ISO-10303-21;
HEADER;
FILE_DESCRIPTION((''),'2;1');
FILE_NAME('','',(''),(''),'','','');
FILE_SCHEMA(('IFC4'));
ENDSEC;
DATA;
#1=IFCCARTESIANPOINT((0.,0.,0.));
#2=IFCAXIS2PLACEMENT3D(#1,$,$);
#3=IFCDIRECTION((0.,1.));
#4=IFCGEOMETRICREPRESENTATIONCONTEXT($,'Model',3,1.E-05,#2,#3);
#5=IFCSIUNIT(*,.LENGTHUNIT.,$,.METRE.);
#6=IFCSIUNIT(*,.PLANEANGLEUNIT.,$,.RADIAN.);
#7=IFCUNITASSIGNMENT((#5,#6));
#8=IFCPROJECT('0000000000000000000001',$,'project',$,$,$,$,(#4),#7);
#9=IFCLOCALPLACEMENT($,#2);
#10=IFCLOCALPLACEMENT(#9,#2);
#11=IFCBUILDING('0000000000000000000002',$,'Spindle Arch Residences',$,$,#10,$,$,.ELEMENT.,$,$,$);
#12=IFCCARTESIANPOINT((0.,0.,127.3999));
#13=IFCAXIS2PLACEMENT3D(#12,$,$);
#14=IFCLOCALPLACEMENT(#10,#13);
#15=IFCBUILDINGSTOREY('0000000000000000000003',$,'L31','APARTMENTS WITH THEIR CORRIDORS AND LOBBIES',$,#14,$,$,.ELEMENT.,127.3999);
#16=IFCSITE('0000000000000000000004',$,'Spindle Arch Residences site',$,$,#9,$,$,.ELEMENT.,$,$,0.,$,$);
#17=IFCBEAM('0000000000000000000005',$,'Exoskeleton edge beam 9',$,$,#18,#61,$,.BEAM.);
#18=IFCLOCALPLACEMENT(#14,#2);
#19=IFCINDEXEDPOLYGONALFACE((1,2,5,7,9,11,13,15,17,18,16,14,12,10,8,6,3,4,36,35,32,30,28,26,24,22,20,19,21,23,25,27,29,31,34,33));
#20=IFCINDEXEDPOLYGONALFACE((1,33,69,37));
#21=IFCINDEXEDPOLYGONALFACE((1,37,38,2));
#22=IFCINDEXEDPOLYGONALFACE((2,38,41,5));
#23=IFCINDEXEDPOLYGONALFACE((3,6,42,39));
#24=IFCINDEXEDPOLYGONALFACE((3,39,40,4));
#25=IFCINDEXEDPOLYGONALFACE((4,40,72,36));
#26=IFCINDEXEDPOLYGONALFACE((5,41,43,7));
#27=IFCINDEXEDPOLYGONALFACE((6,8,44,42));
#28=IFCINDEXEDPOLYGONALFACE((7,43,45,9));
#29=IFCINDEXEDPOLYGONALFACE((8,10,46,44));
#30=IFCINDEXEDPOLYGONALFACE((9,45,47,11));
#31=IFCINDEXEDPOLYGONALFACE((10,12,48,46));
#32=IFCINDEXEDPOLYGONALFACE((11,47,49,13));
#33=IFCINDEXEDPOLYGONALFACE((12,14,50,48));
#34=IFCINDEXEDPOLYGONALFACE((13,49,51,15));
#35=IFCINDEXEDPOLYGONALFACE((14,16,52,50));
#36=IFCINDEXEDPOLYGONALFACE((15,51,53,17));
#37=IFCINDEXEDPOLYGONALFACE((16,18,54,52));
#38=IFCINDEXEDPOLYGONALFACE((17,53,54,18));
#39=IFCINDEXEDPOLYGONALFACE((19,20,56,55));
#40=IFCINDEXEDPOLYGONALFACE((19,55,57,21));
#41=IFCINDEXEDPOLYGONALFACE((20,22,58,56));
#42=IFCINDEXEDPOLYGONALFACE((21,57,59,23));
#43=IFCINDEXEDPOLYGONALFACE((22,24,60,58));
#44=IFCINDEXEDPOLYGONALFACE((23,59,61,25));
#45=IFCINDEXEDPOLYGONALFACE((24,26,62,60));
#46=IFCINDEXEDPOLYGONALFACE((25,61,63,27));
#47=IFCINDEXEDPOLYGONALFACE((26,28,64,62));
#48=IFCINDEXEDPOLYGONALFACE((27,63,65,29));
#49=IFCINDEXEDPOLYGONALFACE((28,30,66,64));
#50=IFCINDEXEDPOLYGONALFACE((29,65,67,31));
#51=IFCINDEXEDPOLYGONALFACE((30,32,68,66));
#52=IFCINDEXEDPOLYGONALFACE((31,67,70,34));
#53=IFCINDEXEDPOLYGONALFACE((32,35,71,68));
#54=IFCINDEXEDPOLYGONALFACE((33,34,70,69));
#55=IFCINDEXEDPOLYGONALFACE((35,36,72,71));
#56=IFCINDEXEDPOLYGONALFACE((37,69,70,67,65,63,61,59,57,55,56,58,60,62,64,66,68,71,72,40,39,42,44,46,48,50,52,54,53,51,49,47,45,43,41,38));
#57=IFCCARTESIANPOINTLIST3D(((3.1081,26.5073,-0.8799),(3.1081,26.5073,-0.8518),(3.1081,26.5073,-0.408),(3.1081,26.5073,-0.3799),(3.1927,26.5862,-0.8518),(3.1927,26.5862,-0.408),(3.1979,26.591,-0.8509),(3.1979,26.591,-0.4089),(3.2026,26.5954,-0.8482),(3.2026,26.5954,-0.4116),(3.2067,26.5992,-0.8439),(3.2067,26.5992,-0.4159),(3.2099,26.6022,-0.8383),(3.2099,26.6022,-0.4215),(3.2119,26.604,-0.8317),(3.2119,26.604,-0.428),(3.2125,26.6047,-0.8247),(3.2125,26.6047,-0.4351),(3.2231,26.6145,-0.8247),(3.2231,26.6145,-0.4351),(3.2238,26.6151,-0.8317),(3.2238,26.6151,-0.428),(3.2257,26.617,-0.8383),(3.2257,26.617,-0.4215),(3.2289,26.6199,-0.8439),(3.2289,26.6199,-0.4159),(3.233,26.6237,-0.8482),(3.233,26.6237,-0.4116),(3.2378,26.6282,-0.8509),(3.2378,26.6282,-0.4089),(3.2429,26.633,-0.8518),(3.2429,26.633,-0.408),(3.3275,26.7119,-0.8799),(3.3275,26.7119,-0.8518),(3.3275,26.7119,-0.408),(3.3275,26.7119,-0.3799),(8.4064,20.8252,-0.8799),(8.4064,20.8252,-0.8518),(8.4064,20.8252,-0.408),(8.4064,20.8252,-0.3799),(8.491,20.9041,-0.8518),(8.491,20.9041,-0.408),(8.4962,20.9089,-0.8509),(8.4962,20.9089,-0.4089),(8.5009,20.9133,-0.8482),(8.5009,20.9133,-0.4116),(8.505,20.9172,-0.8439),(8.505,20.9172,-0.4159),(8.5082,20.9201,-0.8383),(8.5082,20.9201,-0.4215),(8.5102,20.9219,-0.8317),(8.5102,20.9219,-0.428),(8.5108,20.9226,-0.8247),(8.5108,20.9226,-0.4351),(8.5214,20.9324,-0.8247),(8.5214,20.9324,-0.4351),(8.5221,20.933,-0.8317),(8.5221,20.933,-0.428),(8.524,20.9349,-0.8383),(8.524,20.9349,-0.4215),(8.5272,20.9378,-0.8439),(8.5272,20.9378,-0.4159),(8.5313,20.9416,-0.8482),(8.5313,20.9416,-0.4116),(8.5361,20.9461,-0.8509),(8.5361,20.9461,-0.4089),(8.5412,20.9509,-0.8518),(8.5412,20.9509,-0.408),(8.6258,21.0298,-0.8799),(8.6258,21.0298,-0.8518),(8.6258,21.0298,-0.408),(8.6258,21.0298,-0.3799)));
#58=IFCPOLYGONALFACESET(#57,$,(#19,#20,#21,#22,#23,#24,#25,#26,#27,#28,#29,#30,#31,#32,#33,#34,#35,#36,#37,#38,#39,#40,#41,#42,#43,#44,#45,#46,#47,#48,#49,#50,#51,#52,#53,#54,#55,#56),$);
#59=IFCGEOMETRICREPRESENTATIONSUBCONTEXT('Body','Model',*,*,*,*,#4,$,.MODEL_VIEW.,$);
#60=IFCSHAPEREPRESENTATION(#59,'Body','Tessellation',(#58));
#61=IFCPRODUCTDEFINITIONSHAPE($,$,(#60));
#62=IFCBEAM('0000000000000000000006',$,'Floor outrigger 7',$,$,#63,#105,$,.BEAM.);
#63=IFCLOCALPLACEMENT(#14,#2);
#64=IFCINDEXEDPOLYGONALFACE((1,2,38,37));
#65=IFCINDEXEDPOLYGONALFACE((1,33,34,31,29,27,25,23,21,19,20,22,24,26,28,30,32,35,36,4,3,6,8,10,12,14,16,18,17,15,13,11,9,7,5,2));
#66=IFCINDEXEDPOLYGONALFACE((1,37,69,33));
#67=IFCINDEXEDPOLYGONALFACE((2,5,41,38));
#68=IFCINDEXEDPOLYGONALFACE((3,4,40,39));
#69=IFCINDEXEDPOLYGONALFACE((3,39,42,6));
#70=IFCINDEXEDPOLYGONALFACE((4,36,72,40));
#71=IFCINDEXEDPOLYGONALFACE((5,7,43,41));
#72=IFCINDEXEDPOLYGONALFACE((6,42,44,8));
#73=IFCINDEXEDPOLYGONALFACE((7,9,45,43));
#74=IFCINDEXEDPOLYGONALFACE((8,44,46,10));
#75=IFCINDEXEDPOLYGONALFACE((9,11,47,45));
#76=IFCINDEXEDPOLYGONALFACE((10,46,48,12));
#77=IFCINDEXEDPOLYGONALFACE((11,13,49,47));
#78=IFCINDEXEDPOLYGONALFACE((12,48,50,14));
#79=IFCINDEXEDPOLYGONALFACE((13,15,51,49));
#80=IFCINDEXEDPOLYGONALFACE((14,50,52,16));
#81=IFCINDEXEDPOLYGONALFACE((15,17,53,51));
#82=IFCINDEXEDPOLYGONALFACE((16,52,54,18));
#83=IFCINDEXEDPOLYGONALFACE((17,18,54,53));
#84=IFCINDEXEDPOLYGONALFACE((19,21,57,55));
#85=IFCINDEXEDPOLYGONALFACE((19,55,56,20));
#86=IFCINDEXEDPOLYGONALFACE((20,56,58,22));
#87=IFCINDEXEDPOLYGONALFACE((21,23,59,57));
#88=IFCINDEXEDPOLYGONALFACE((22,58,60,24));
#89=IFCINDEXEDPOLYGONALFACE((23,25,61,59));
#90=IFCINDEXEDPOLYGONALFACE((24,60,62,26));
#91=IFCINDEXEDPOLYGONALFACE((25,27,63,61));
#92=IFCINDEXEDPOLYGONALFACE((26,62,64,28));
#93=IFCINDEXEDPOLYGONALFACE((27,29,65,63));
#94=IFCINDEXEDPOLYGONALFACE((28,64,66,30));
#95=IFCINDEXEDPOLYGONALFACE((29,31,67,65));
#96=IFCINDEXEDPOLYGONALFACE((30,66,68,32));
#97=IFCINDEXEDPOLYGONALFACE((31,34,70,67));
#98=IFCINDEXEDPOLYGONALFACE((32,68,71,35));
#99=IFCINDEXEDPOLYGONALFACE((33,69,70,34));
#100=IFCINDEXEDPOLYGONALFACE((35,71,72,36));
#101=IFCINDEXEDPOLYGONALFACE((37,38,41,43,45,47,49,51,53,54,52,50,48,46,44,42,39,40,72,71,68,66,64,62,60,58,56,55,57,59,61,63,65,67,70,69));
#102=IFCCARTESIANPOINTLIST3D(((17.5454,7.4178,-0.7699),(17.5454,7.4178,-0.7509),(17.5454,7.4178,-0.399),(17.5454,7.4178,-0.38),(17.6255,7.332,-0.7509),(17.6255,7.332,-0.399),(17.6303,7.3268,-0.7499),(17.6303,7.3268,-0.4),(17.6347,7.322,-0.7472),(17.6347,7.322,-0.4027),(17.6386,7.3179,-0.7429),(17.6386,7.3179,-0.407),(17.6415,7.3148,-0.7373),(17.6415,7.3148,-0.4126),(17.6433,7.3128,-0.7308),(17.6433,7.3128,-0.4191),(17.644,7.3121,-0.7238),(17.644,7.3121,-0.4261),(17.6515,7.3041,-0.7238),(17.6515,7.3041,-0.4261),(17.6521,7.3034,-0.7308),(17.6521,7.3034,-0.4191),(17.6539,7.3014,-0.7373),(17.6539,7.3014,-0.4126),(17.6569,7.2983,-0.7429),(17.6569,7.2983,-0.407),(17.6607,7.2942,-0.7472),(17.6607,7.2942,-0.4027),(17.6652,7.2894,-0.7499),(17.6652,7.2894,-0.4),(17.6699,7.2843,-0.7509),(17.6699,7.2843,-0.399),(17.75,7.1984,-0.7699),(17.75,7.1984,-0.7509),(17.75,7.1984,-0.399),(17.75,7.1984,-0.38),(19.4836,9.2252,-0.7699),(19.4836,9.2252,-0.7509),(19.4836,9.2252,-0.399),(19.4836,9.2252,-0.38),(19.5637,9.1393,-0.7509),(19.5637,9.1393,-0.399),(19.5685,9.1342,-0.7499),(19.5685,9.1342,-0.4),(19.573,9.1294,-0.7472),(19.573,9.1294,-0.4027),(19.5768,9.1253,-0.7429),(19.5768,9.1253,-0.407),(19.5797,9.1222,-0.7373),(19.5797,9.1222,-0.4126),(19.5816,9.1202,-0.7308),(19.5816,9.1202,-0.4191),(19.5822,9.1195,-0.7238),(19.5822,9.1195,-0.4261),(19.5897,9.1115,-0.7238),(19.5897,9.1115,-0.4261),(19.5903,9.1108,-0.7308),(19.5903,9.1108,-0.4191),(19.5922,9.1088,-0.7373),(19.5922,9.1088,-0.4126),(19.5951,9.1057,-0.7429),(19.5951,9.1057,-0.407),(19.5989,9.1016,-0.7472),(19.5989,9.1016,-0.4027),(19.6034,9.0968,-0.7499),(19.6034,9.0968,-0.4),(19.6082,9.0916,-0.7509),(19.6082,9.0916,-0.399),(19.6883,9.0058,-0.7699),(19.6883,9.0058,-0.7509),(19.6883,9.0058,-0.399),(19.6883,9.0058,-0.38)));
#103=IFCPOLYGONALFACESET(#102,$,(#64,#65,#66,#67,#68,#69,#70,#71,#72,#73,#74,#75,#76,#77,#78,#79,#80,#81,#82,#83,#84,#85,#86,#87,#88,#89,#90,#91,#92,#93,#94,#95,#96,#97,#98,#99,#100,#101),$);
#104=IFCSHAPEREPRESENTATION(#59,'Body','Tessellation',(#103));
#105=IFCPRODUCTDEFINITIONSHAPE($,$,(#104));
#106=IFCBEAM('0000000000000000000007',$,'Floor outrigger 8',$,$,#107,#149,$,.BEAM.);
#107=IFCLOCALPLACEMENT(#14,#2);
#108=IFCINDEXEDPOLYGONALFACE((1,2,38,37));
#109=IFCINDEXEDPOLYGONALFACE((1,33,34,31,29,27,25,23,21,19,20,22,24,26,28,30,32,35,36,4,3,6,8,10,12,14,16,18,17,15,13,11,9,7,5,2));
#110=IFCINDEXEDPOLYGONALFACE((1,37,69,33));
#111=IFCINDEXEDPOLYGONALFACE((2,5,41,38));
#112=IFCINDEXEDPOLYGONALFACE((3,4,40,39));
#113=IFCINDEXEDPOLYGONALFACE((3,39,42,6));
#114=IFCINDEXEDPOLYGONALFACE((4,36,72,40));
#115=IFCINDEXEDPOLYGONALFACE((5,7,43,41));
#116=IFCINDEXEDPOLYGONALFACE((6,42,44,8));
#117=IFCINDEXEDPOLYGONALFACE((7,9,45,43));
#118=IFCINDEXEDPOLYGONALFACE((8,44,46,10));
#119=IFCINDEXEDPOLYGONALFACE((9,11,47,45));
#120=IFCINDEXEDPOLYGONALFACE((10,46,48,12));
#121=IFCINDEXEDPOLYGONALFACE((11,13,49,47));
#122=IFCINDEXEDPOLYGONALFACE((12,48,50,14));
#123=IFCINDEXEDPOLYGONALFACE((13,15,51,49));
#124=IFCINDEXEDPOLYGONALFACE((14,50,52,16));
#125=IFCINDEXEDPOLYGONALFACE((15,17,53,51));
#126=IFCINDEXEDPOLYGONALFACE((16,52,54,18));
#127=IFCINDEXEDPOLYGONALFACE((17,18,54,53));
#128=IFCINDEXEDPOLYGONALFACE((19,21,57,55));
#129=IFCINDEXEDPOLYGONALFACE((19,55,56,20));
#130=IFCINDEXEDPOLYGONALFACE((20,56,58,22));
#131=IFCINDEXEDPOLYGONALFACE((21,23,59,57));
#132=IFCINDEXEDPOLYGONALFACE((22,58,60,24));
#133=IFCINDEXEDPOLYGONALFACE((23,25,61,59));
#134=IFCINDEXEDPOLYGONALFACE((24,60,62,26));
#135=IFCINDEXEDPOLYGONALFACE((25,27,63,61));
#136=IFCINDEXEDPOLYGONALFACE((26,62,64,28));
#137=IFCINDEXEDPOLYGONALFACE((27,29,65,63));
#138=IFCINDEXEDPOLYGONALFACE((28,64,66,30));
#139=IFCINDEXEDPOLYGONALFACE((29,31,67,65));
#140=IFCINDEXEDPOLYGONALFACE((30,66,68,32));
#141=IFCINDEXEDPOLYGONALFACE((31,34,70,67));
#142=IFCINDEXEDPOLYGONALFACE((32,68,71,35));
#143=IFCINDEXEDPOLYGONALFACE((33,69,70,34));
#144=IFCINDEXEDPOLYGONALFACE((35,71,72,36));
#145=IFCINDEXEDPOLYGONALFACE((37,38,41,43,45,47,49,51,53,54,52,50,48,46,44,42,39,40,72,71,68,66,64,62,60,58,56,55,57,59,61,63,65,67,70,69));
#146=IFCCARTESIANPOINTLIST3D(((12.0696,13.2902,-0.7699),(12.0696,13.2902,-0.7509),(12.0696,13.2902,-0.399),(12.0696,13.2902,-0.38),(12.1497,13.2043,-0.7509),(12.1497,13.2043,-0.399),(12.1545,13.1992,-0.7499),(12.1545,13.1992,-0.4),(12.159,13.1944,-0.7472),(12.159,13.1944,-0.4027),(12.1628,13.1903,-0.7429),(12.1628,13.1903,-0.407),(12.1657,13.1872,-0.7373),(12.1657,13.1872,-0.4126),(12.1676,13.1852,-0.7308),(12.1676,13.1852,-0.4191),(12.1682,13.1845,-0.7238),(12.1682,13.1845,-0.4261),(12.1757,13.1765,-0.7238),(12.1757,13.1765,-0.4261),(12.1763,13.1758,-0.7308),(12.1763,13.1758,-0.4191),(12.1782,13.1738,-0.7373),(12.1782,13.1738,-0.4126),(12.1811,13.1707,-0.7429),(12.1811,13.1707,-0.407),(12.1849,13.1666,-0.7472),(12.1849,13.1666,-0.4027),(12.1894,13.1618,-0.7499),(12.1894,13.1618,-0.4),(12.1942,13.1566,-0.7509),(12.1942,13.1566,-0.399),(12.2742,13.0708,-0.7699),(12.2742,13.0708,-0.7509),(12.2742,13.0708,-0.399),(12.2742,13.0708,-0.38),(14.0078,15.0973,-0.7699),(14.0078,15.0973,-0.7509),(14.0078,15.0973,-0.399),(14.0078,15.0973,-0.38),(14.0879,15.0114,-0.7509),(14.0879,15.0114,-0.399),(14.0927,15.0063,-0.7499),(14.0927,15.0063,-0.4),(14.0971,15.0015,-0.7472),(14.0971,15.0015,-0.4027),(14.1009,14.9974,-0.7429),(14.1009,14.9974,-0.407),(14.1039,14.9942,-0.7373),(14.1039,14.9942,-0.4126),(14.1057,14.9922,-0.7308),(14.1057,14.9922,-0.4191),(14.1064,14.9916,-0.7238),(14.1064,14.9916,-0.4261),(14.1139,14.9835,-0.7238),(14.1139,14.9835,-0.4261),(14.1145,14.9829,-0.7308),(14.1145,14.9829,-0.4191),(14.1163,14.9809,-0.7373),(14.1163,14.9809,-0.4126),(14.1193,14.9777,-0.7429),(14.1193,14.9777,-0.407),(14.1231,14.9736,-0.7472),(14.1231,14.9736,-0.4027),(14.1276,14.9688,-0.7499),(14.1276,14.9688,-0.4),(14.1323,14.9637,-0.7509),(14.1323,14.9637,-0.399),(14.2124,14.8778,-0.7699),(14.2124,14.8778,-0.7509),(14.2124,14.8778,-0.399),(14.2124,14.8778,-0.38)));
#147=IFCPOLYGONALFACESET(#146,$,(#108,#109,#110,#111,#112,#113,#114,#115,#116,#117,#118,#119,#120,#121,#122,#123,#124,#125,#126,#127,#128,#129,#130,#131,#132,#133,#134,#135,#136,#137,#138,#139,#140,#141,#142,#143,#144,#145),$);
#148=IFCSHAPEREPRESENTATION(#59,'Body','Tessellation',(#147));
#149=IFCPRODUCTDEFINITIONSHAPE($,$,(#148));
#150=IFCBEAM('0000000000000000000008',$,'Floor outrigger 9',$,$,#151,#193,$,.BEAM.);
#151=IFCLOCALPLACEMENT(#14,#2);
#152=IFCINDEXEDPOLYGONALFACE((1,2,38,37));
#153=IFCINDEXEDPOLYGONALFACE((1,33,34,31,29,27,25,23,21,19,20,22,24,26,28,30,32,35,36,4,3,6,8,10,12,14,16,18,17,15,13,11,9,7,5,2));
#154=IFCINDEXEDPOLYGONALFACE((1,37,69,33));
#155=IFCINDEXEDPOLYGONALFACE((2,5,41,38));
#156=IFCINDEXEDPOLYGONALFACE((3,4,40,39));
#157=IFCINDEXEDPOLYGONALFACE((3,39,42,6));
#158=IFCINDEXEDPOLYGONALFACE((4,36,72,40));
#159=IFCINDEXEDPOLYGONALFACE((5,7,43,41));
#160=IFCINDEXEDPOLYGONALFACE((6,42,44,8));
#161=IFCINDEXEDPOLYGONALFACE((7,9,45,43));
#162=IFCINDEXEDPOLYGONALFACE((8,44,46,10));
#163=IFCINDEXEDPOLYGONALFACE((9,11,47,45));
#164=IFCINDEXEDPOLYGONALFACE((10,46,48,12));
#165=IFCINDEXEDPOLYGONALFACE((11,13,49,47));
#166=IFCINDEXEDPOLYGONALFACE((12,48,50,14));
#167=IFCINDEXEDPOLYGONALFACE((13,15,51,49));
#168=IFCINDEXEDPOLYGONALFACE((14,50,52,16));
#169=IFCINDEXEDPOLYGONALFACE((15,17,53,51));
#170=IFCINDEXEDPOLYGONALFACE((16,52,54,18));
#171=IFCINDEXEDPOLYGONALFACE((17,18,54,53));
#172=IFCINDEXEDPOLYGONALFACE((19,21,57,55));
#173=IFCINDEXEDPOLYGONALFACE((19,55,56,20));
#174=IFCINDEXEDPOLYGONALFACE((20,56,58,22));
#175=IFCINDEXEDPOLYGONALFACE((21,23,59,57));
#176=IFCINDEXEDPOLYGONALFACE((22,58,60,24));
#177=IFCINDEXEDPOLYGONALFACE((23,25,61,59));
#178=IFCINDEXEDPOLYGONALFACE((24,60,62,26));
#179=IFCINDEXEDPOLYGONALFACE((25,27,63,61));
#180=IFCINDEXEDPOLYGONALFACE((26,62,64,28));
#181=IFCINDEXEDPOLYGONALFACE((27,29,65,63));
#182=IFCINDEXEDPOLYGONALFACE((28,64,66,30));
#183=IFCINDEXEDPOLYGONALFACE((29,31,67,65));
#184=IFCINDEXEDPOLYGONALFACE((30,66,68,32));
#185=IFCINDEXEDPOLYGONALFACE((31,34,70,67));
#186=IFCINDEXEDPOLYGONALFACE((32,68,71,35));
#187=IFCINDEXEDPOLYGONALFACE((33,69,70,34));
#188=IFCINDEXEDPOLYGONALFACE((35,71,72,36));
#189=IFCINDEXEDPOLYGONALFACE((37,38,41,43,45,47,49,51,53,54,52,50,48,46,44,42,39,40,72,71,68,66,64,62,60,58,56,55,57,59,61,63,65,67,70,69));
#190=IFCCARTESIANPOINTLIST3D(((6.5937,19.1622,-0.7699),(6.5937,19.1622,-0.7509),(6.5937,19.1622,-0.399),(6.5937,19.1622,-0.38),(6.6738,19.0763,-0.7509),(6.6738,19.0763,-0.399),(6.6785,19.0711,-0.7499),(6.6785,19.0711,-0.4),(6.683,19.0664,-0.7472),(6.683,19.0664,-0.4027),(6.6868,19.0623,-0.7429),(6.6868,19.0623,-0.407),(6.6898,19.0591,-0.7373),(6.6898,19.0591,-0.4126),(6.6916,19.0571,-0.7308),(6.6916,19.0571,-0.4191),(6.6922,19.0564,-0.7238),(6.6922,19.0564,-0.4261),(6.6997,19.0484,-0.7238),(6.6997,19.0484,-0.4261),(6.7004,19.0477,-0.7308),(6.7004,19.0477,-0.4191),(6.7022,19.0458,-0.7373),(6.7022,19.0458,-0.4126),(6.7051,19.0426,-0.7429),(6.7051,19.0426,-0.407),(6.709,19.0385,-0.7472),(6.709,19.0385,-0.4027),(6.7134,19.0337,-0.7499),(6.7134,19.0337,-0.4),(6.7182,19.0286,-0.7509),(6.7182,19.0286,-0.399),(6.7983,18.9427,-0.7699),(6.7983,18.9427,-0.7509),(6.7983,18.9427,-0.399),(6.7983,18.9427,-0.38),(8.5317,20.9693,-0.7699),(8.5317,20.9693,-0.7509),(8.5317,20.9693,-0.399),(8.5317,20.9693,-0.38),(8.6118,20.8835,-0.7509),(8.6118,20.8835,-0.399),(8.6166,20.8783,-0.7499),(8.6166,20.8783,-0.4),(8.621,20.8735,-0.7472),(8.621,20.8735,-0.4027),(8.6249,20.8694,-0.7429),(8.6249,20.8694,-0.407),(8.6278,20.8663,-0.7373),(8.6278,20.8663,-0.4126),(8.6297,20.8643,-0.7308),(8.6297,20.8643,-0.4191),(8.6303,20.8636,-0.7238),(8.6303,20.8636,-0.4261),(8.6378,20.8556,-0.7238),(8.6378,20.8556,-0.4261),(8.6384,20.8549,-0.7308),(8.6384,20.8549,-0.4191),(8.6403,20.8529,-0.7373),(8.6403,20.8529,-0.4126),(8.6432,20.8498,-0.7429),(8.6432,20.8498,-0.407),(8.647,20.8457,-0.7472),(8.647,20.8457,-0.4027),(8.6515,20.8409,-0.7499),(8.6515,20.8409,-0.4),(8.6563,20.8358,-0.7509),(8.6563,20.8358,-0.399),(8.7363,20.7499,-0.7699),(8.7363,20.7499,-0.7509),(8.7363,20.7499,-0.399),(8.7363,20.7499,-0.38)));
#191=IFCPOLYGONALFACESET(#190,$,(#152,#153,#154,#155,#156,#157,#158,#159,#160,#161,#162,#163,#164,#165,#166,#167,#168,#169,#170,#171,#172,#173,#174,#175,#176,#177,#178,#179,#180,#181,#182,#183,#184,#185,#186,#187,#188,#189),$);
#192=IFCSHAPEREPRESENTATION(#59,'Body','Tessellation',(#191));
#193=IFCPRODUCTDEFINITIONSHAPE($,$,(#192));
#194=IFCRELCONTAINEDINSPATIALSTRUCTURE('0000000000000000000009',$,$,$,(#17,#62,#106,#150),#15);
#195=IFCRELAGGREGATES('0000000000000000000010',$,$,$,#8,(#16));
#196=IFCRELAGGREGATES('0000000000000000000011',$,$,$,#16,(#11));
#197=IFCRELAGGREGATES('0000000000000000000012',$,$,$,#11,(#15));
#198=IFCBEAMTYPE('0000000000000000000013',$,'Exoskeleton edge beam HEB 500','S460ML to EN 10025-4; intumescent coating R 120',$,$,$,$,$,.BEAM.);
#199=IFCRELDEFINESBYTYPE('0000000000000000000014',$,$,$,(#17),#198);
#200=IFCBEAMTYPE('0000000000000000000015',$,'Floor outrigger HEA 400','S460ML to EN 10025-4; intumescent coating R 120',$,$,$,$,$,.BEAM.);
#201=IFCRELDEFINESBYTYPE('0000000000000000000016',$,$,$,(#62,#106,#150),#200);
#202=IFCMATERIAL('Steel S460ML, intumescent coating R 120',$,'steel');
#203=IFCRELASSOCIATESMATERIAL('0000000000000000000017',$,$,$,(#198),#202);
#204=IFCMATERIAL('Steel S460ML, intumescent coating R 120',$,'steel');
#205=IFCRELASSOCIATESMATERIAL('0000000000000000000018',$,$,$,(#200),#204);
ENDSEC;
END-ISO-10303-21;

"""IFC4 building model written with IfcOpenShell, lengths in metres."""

from ifc_helpers import new_model, si_unit, direction, frame, origin, origin_2d, place, context, subcontext, project, spatial, i_section, extrude, material, material_profile, profile_set, type_object, element, save


model = new_model("IFC4")

# Units and contexts
model_context = context("Model", 3, precision=1e-05, world=origin(), true_north=direction((0.0, 1.0)))
body_context = subcontext(model_context, "Body", "Model", "MODEL_VIEW")
ifc_project = project(units=[si_unit("LENGTHUNIT", "METRE"), si_unit("PLANEANGLEUNIT", "RADIAN")], contexts=[model_context])

# Site, building, storey
site_placement = place(None, origin())
site = spatial("IfcSite", under=ifc_project, at=site_placement, Name="Spindle Arch Residences site", CompositionType="ELEMENT", RefElevation=0.0)
building_placement = place(site_placement, origin())
building = spatial("IfcBuilding", under=site, at=building_placement, Name="Spindle Arch Residences", CompositionType="ELEMENT")
storey_placement = place(building_placement, frame((0.0, 0.0, 127.3999)))
storey = spatial("IfcBuildingStorey", under=building, at=storey_placement, Name="L31", Description="APARTMENTS WITH THEIR CORRIDORS AND LOBBIES", CompositionType="ELEMENT", Elevation=127.3999)

# Beams
ifc_material_1 = material(Name="Steel S460ML, intumescent coating R 120", Category="steel")
ifc_material_profile_1 = material_profile(ifc_material_1, i_section(OverallWidth=0.3, OverallDepth=0.5, WebThickness=0.0144, FlangeThickness=0.0281, FilletRadius=0.0271, at=origin_2d()), Name="HEB 500")
ifc_profile_set_1 = profile_set([ifc_material_profile_1], Name="Steel S460ML, intumescent coating R 120")
beam_type_1 = type_object("IfcBeamType", Name="Exoskeleton edge beam HEB 500", Description="S460ML to EN 10025-4; intumescent coating R 120", PredefinedType="BEAM", material=ifc_profile_set_1)
for number, where, z_axis, x_axis, name in (
    (1, (8.5161, 20.9275, -0.6299), (-0.681976, 0.731375, 0.0), (-0.731375, -0.681976, 0.0), "Exoskeleton edge beam 9"),
):
    element("IfcBeam", number, at=place(storey_placement, frame(where, z_axis=z_axis, x_axis=x_axis)), inside=storey, type_object=beam_type_1, Name=name, PredefinedType="BEAM", context=body_context, shape_type="SweptSolid", body=[
        extrude(i_section(OverallWidth=0.3, OverallDepth=0.5, WebThickness=0.0144, FlangeThickness=0.0281, FilletRadius=0.0271, at=origin_2d()), origin(), (0.0, 0.0, 1.0), 7.769),
    ])
ifc_material_2 = material(Name="Steel S460ML, intumescent coating R 120", Category="steel")
ifc_material_profile_2 = material_profile(ifc_material_2, i_section(OverallWidth=0.3, OverallDepth=0.3899, WebThickness=0.011, FlangeThickness=0.019, FilletRadius=0.0271, at=origin_2d()), Name="HEA 400")
ifc_profile_set_2 = profile_set([ifc_material_profile_2], Name="Steel S460ML, intumescent coating R 120")
beam_type_2 = type_object("IfcBeamType", Name="Floor outrigger HEA 400", Description="S460ML to EN 10025-4; intumescent coating R 120", PredefinedType="BEAM", material=ifc_profile_set_2)
beam_1_placement = place(storey_placement, frame((19.5859, 9.1155, -0.575), z_axis=(-0.731365, -0.681987, 0.0), x_axis=(0.681987, -0.731365, 0.0)))
element("IfcBeam", 2, at=beam_1_placement, inside=storey, type_object=beam_type_2, Name="Floor outrigger 7", PredefinedType="BEAM", context=body_context, shape_type="SweptSolid", body=[
    extrude(i_section(OverallWidth=0.3, OverallDepth=0.3899, WebThickness=0.011, FlangeThickness=0.019, FilletRadius=0.0271, at=origin_2d()), origin(), (0.0, 0.0, 1.0), 2.6501),
])
for number, where, z_axis, x_axis, name in (
    (3, (14.1101, 14.9875, -0.575), (-0.731411, -0.681937, 0.0), (0.681937, -0.731411, 0.0), "Floor outrigger 8"),
    (4, (8.634, 20.8596, -0.575), (-0.731368, -0.681983, 0.0), (0.681983, -0.731368, 0.0), "Floor outrigger 9"),
):
    element("IfcBeam", number, at=place(storey_placement, frame(where, z_axis=z_axis, x_axis=x_axis)), inside=storey, type_object=beam_type_2, Name=name, PredefinedType="BEAM", context=body_context, shape_type="SweptSolid", body=[
        extrude(i_section(OverallWidth=0.3, OverallDepth=0.3899, WebThickness=0.011, FlangeThickness=0.019, FilletRadius=0.0271, at=origin_2d()), origin(), (0.0, 0.0, 1.0), 2.6499),
    ])

save(model, "model.ifc")
